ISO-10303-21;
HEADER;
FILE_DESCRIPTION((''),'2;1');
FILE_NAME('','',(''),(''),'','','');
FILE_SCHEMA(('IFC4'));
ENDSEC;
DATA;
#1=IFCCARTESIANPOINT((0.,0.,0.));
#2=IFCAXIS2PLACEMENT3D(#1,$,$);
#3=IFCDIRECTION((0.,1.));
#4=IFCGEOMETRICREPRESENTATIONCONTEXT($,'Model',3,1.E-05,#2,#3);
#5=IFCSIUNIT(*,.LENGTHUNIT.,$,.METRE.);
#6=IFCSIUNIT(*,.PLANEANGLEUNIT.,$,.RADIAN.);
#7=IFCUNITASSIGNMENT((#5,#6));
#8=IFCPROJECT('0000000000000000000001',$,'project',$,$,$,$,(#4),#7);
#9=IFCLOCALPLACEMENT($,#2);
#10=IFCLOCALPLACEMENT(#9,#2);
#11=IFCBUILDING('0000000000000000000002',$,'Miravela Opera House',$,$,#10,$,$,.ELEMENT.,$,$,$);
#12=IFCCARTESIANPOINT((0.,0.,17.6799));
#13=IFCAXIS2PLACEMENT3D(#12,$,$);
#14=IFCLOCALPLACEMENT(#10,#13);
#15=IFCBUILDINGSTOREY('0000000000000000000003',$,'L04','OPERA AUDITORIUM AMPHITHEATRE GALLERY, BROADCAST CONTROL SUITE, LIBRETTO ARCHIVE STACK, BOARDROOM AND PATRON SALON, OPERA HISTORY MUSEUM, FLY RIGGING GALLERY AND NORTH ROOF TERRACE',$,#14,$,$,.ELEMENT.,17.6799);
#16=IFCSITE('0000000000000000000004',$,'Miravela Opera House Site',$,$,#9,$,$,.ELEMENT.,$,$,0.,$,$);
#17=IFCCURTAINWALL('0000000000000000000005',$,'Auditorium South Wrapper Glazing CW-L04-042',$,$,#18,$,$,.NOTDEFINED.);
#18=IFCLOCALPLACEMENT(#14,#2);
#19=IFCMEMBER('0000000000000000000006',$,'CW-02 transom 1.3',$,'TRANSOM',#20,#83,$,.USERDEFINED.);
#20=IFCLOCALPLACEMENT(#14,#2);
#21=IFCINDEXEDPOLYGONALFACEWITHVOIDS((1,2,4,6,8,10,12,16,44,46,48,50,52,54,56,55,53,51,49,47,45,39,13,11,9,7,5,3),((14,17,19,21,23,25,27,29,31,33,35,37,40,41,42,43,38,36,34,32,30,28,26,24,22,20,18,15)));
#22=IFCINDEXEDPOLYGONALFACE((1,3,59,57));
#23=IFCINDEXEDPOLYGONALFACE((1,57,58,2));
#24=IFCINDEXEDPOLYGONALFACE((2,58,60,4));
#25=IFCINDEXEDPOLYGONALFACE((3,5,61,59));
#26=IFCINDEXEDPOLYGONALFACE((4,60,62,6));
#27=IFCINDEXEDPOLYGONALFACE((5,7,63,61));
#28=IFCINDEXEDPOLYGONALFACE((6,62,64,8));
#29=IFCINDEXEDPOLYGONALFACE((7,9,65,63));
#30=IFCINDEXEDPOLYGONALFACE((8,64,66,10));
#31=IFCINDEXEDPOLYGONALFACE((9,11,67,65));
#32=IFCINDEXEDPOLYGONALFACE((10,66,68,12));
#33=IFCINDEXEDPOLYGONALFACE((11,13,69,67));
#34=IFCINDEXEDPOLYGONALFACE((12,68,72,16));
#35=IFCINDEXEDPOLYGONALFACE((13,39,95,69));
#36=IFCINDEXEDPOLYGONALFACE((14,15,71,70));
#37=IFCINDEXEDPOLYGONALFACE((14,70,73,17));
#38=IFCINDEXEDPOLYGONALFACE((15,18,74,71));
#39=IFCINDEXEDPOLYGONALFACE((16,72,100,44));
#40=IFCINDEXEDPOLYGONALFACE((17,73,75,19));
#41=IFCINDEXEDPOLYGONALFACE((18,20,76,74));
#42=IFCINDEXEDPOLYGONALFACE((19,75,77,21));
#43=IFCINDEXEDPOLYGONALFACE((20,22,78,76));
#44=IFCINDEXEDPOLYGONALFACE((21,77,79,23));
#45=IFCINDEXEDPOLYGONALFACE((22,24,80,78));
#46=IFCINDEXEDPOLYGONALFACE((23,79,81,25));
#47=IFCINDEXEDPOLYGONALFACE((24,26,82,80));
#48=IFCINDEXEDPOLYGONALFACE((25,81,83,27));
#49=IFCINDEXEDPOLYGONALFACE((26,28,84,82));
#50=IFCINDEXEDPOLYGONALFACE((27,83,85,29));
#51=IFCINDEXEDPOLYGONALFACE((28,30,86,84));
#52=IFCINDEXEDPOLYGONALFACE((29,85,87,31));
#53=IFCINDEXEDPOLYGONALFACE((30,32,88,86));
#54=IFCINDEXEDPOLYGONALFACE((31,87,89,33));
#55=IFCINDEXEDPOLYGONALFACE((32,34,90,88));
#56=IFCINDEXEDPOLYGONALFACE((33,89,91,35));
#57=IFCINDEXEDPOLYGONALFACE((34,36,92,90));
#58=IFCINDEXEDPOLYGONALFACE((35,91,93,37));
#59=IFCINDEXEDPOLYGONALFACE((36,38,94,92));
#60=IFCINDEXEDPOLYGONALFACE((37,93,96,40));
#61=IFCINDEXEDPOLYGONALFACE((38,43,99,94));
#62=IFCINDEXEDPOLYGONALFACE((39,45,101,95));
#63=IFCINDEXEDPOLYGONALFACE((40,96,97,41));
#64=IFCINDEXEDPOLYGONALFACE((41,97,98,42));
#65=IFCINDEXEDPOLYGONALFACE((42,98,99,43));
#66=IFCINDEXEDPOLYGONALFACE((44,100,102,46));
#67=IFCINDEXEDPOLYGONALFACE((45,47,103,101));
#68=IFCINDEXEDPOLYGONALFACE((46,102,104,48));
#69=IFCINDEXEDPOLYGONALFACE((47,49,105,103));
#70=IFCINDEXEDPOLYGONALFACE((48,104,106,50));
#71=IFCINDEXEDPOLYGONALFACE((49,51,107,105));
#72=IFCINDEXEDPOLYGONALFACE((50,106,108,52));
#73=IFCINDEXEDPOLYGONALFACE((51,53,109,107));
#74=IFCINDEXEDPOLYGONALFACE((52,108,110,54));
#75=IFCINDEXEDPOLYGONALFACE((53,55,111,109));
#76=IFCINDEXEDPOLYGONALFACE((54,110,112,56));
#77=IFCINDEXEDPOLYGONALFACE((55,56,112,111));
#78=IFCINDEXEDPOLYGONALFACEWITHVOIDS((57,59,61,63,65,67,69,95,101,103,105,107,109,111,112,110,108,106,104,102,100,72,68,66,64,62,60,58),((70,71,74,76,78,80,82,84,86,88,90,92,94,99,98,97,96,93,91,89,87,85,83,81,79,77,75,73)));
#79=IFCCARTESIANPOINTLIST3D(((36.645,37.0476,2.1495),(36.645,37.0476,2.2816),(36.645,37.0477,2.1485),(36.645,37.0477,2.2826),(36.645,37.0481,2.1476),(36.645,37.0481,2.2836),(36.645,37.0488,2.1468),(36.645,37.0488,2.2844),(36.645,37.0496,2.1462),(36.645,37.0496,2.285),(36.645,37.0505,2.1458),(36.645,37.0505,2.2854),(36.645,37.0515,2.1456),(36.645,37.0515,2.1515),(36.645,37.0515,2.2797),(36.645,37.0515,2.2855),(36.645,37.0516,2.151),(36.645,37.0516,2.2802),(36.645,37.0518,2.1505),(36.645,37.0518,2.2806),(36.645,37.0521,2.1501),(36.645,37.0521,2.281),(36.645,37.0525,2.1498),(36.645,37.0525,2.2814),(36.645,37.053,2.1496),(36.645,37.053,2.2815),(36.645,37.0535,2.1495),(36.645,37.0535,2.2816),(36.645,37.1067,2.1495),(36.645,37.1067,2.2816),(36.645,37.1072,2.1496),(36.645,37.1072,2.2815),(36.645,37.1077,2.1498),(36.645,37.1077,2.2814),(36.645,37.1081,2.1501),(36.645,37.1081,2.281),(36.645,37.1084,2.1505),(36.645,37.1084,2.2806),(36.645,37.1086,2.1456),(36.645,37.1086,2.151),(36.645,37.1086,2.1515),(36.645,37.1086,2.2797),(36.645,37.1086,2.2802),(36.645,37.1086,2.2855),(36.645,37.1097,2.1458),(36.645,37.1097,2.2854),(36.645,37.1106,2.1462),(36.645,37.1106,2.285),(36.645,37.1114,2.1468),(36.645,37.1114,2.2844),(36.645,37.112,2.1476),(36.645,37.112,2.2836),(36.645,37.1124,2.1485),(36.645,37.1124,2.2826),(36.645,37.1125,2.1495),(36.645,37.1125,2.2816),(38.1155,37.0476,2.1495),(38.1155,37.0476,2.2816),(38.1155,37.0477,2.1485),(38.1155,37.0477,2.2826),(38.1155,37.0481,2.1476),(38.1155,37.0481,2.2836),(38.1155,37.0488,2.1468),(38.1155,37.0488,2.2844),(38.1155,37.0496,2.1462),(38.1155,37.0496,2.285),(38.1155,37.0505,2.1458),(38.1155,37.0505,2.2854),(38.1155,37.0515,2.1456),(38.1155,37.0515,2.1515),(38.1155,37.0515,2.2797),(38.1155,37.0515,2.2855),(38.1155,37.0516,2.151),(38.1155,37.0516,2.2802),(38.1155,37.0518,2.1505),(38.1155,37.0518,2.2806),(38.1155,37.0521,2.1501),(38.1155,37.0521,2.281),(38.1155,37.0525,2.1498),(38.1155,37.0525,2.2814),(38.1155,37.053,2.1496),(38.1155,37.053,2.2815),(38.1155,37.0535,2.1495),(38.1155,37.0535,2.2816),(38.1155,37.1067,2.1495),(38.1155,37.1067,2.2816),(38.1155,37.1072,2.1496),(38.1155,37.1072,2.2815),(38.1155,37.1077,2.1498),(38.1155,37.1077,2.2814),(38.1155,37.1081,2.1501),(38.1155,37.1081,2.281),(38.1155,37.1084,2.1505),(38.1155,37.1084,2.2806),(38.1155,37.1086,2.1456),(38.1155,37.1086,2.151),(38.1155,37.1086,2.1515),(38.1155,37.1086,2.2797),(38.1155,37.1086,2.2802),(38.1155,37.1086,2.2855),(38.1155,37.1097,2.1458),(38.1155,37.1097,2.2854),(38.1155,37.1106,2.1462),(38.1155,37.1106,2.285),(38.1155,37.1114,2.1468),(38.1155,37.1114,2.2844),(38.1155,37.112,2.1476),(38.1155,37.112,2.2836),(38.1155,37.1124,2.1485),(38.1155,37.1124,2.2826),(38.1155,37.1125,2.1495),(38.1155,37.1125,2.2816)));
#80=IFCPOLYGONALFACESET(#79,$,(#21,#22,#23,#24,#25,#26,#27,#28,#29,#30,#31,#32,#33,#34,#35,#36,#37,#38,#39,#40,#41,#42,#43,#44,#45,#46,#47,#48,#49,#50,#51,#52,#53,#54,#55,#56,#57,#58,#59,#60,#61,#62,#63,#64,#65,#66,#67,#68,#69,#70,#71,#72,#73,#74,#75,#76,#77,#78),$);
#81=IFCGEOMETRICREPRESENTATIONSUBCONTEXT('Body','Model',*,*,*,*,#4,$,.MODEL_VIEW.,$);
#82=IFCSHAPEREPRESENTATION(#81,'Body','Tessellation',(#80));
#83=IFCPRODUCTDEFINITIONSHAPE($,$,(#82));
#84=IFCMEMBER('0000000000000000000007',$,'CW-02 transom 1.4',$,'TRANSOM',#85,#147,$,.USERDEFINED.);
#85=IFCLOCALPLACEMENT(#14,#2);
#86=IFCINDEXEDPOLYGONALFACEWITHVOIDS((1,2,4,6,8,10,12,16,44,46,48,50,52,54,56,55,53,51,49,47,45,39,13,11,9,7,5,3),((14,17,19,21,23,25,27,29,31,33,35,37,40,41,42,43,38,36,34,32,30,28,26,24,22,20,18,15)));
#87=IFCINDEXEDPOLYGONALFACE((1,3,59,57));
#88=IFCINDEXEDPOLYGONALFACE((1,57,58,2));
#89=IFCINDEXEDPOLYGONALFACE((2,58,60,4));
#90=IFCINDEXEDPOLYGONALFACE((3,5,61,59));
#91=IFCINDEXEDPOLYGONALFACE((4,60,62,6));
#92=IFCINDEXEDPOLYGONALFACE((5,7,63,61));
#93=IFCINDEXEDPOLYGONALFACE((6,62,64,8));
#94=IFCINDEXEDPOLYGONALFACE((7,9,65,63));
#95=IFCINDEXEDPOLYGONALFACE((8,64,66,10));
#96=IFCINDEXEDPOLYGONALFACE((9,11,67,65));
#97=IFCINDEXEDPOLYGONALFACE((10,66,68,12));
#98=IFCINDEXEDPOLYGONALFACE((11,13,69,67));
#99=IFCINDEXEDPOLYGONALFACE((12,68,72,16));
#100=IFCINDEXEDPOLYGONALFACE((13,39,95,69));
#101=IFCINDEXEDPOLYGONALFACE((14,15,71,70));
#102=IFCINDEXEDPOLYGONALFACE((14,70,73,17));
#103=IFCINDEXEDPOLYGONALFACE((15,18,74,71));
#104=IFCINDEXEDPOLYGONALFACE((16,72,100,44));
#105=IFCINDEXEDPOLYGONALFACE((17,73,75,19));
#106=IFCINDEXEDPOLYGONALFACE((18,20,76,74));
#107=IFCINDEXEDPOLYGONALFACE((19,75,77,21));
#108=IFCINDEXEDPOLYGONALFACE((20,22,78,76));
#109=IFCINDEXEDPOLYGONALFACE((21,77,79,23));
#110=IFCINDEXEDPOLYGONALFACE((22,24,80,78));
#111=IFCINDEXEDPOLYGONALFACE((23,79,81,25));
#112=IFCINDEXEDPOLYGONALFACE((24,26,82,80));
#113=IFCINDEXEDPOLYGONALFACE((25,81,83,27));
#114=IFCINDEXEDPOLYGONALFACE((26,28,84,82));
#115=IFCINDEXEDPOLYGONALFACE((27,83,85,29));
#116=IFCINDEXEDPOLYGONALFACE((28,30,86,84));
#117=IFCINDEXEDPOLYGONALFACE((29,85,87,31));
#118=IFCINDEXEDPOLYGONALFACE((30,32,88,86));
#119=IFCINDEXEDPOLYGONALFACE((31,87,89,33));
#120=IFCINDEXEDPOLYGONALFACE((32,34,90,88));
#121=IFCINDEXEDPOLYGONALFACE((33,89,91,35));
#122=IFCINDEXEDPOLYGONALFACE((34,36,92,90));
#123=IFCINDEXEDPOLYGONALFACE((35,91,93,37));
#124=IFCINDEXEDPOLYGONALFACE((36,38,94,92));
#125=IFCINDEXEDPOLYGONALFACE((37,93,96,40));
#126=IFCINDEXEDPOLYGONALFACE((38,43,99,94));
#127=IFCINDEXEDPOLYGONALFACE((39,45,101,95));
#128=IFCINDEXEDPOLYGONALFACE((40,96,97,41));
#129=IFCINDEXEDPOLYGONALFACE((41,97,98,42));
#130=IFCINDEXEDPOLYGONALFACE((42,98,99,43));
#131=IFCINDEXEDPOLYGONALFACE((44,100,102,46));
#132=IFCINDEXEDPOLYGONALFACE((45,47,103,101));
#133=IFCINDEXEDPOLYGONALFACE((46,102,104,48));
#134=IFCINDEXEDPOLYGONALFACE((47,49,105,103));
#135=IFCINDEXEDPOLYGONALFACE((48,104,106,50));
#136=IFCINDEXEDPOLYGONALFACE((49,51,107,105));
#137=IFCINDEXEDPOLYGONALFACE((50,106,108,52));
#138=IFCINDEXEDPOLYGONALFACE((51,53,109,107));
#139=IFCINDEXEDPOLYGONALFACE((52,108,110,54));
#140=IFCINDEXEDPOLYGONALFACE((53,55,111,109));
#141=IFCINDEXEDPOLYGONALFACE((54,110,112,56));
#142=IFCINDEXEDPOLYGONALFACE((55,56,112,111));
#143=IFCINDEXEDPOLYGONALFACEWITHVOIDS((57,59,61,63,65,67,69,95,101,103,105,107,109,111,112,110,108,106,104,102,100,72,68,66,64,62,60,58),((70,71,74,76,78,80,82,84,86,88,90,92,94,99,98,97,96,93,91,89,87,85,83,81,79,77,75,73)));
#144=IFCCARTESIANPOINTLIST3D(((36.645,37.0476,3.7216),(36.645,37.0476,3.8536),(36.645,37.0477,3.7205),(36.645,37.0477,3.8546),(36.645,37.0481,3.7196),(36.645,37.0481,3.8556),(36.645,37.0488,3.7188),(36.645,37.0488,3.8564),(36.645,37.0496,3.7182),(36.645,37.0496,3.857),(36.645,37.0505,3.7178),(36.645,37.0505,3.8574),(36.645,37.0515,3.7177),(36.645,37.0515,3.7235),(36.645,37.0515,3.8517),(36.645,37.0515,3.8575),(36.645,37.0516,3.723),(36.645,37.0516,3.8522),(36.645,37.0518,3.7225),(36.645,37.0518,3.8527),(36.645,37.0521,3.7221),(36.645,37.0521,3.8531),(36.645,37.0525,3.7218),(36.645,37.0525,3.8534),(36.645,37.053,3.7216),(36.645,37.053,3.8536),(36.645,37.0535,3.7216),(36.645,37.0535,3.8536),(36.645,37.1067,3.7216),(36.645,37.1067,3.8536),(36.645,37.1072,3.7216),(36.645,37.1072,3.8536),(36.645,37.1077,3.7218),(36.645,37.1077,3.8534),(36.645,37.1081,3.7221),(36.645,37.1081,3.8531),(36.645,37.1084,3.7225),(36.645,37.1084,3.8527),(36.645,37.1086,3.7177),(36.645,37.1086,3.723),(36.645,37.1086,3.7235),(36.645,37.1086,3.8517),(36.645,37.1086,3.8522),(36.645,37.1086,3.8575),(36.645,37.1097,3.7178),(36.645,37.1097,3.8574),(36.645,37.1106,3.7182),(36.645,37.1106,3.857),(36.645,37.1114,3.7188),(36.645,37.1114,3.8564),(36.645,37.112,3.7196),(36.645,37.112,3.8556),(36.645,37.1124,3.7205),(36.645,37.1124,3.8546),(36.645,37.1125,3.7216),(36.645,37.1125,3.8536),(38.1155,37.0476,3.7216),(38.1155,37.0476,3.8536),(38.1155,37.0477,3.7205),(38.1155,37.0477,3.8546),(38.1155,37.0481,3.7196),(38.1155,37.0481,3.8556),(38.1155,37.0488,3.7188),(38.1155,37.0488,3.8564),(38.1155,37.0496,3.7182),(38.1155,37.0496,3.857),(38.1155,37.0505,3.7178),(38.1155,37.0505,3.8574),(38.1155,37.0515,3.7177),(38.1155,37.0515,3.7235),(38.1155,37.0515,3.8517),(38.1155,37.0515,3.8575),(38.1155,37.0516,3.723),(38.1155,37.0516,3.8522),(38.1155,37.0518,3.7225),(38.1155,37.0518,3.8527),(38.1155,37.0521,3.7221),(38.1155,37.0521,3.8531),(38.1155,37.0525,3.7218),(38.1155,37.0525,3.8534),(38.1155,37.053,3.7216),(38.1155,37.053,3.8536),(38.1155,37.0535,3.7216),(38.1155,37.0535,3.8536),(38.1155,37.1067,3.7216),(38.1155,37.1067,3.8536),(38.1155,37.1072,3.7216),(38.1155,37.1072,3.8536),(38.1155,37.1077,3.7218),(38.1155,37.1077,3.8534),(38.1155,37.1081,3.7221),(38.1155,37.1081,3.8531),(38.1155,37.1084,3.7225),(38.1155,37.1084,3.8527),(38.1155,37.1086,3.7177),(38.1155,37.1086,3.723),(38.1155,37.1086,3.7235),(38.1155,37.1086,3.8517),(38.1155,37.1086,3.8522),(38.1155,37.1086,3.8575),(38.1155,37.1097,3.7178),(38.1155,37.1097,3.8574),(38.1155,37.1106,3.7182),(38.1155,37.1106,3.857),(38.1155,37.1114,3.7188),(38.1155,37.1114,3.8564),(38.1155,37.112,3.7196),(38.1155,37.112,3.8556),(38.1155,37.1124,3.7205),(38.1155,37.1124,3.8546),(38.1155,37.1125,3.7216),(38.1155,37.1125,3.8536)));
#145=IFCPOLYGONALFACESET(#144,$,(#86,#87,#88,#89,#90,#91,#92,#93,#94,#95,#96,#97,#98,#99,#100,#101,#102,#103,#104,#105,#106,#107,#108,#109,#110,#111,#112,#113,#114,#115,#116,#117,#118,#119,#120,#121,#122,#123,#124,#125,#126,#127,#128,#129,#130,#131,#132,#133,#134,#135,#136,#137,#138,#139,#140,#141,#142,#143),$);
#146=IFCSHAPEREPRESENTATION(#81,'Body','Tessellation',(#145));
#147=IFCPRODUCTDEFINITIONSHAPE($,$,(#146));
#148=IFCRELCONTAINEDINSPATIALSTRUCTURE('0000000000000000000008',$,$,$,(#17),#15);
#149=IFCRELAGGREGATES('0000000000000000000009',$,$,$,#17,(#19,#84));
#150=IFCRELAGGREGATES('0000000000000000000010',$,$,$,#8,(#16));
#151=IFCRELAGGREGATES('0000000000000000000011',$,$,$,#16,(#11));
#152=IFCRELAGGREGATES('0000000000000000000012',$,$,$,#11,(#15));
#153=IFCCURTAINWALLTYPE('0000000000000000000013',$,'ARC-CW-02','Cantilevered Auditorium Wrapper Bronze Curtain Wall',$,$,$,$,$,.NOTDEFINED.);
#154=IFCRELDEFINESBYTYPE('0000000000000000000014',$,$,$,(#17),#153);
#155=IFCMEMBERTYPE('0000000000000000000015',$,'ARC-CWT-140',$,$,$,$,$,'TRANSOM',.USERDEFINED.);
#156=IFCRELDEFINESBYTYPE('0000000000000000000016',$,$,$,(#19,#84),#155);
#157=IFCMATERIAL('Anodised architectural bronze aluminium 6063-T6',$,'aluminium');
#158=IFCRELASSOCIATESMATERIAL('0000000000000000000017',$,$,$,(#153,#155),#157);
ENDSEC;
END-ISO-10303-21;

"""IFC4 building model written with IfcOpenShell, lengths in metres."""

from ifc_helpers import new_model, si_unit, direction, frame, origin, origin_2d, place, context, subcontext, project, spatial, hollow_rectangle, extrude, material, material_profile, profile_set, type_object, element, aggregate, save


model = new_model("IFC4")

# Units and contexts
model_context = context("Model", 3, precision=1e-05, world=origin(), true_north=direction((0.0, 1.0)))
body_context = subcontext(model_context, "Body", "Model", "MODEL_VIEW")
ifc_project = project(units=[si_unit("LENGTHUNIT", "METRE"), si_unit("PLANEANGLEUNIT", "RADIAN")], contexts=[model_context])

# Site, building, storey
site_placement = place(None, origin())
site = spatial("IfcSite", under=ifc_project, at=site_placement, Name="Miravela Opera House Site", CompositionType="ELEMENT", RefElevation=0.0)
building_placement = place(site_placement, origin())
building = spatial("IfcBuilding", under=site, at=building_placement, Name="Miravela Opera House", CompositionType="ELEMENT")
storey_placement = place(building_placement, frame((0.0, 0.0, 17.6799)))
storey = spatial("IfcBuildingStorey", under=building, at=storey_placement, Name="L04", Description="OPERA AUDITORIUM AMPHITHEATRE GALLERY, BROADCAST CONTROL SUITE, LIBRETTO ARCHIVE STACK, BOARDROOM AND PATRON SALON, OPERA HISTORY MUSEUM, FLY RIGGING GALLERY AND NORTH ROOF TERRACE", CompositionType="ELEMENT", Elevation=17.6799)

# Curtain wall
ifc_material_1 = material(Name="Anodised architectural bronze aluminium 6063-T6", Category="aluminium")
curtain_wall_type = type_object("IfcCurtainWallType", Name="ARC-CW-02", Description="Cantilevered Auditorium Wrapper Bronze Curtain Wall", PredefinedType="NOTDEFINED", material=ifc_material_1)
curtain_wall_1_placement = place(storey_placement, origin())
curtain_wall_1 = element("IfcCurtainWall", 1, at=curtain_wall_1_placement, inside=storey, type_object=curtain_wall_type, Name="Auditorium South Wrapper Glazing CW-L04-042", PredefinedType="NOTDEFINED")

# Members
ifc_material_profile_1 = material_profile(ifc_material_1, hollow_rectangle(XDim=0.0649, YDim=0.1399, WallThickness=0.0039, InnerFilletRadius=0.002, OuterFilletRadius=0.0039, at=origin_2d()), Name="CWT-65X140")
ifc_profile_set_1 = profile_set([ifc_material_profile_1])
member_type_1 = type_object("IfcMemberType", Name="ARC-CWT-140", ElementType="TRANSOM", PredefinedType="USERDEFINED", material=ifc_profile_set_1)
member_1_placement = place(storey_placement, frame((36.645, 37.0801, 2.2156), z_axis=(1.0, 0.0, 0.0), x_axis=(0.0, 1.0, 0.0)))
member_1 = element("IfcMember", 2, at=member_1_placement, type_object=member_type_1, Name="CW-02 transom 1.3", ObjectType="TRANSOM", PredefinedType="USERDEFINED", context=body_context, shape_type="SweptSolid", body=[
    extrude(hollow_rectangle(XDim=0.0649, YDim=0.1399, WallThickness=0.0039, InnerFilletRadius=0.002, OuterFilletRadius=0.0039, at=origin_2d()), origin(), (0.0, 0.0, 1.0), 1.4705),
])
member_2_placement = place(storey_placement, frame((36.645, 37.0801, 3.7876), z_axis=(1.0, 0.0, 0.0), x_axis=(0.0, 1.0, 0.0)))
member_2 = element("IfcMember", 3, at=member_2_placement, type_object=member_type_1, Name="CW-02 transom 1.4", ObjectType="TRANSOM", PredefinedType="USERDEFINED", context=body_context, shape_type="SweptSolid", body=[
    extrude(hollow_rectangle(XDim=0.0649, YDim=0.1399, WallThickness=0.0039, InnerFilletRadius=0.002, OuterFilletRadius=0.0039, at=origin_2d()), origin(), (0.0, 0.0, 1.0), 1.4705),
])

aggregate(curtain_wall_1, [member_1, member_2])

save(model, "model.ifc")
